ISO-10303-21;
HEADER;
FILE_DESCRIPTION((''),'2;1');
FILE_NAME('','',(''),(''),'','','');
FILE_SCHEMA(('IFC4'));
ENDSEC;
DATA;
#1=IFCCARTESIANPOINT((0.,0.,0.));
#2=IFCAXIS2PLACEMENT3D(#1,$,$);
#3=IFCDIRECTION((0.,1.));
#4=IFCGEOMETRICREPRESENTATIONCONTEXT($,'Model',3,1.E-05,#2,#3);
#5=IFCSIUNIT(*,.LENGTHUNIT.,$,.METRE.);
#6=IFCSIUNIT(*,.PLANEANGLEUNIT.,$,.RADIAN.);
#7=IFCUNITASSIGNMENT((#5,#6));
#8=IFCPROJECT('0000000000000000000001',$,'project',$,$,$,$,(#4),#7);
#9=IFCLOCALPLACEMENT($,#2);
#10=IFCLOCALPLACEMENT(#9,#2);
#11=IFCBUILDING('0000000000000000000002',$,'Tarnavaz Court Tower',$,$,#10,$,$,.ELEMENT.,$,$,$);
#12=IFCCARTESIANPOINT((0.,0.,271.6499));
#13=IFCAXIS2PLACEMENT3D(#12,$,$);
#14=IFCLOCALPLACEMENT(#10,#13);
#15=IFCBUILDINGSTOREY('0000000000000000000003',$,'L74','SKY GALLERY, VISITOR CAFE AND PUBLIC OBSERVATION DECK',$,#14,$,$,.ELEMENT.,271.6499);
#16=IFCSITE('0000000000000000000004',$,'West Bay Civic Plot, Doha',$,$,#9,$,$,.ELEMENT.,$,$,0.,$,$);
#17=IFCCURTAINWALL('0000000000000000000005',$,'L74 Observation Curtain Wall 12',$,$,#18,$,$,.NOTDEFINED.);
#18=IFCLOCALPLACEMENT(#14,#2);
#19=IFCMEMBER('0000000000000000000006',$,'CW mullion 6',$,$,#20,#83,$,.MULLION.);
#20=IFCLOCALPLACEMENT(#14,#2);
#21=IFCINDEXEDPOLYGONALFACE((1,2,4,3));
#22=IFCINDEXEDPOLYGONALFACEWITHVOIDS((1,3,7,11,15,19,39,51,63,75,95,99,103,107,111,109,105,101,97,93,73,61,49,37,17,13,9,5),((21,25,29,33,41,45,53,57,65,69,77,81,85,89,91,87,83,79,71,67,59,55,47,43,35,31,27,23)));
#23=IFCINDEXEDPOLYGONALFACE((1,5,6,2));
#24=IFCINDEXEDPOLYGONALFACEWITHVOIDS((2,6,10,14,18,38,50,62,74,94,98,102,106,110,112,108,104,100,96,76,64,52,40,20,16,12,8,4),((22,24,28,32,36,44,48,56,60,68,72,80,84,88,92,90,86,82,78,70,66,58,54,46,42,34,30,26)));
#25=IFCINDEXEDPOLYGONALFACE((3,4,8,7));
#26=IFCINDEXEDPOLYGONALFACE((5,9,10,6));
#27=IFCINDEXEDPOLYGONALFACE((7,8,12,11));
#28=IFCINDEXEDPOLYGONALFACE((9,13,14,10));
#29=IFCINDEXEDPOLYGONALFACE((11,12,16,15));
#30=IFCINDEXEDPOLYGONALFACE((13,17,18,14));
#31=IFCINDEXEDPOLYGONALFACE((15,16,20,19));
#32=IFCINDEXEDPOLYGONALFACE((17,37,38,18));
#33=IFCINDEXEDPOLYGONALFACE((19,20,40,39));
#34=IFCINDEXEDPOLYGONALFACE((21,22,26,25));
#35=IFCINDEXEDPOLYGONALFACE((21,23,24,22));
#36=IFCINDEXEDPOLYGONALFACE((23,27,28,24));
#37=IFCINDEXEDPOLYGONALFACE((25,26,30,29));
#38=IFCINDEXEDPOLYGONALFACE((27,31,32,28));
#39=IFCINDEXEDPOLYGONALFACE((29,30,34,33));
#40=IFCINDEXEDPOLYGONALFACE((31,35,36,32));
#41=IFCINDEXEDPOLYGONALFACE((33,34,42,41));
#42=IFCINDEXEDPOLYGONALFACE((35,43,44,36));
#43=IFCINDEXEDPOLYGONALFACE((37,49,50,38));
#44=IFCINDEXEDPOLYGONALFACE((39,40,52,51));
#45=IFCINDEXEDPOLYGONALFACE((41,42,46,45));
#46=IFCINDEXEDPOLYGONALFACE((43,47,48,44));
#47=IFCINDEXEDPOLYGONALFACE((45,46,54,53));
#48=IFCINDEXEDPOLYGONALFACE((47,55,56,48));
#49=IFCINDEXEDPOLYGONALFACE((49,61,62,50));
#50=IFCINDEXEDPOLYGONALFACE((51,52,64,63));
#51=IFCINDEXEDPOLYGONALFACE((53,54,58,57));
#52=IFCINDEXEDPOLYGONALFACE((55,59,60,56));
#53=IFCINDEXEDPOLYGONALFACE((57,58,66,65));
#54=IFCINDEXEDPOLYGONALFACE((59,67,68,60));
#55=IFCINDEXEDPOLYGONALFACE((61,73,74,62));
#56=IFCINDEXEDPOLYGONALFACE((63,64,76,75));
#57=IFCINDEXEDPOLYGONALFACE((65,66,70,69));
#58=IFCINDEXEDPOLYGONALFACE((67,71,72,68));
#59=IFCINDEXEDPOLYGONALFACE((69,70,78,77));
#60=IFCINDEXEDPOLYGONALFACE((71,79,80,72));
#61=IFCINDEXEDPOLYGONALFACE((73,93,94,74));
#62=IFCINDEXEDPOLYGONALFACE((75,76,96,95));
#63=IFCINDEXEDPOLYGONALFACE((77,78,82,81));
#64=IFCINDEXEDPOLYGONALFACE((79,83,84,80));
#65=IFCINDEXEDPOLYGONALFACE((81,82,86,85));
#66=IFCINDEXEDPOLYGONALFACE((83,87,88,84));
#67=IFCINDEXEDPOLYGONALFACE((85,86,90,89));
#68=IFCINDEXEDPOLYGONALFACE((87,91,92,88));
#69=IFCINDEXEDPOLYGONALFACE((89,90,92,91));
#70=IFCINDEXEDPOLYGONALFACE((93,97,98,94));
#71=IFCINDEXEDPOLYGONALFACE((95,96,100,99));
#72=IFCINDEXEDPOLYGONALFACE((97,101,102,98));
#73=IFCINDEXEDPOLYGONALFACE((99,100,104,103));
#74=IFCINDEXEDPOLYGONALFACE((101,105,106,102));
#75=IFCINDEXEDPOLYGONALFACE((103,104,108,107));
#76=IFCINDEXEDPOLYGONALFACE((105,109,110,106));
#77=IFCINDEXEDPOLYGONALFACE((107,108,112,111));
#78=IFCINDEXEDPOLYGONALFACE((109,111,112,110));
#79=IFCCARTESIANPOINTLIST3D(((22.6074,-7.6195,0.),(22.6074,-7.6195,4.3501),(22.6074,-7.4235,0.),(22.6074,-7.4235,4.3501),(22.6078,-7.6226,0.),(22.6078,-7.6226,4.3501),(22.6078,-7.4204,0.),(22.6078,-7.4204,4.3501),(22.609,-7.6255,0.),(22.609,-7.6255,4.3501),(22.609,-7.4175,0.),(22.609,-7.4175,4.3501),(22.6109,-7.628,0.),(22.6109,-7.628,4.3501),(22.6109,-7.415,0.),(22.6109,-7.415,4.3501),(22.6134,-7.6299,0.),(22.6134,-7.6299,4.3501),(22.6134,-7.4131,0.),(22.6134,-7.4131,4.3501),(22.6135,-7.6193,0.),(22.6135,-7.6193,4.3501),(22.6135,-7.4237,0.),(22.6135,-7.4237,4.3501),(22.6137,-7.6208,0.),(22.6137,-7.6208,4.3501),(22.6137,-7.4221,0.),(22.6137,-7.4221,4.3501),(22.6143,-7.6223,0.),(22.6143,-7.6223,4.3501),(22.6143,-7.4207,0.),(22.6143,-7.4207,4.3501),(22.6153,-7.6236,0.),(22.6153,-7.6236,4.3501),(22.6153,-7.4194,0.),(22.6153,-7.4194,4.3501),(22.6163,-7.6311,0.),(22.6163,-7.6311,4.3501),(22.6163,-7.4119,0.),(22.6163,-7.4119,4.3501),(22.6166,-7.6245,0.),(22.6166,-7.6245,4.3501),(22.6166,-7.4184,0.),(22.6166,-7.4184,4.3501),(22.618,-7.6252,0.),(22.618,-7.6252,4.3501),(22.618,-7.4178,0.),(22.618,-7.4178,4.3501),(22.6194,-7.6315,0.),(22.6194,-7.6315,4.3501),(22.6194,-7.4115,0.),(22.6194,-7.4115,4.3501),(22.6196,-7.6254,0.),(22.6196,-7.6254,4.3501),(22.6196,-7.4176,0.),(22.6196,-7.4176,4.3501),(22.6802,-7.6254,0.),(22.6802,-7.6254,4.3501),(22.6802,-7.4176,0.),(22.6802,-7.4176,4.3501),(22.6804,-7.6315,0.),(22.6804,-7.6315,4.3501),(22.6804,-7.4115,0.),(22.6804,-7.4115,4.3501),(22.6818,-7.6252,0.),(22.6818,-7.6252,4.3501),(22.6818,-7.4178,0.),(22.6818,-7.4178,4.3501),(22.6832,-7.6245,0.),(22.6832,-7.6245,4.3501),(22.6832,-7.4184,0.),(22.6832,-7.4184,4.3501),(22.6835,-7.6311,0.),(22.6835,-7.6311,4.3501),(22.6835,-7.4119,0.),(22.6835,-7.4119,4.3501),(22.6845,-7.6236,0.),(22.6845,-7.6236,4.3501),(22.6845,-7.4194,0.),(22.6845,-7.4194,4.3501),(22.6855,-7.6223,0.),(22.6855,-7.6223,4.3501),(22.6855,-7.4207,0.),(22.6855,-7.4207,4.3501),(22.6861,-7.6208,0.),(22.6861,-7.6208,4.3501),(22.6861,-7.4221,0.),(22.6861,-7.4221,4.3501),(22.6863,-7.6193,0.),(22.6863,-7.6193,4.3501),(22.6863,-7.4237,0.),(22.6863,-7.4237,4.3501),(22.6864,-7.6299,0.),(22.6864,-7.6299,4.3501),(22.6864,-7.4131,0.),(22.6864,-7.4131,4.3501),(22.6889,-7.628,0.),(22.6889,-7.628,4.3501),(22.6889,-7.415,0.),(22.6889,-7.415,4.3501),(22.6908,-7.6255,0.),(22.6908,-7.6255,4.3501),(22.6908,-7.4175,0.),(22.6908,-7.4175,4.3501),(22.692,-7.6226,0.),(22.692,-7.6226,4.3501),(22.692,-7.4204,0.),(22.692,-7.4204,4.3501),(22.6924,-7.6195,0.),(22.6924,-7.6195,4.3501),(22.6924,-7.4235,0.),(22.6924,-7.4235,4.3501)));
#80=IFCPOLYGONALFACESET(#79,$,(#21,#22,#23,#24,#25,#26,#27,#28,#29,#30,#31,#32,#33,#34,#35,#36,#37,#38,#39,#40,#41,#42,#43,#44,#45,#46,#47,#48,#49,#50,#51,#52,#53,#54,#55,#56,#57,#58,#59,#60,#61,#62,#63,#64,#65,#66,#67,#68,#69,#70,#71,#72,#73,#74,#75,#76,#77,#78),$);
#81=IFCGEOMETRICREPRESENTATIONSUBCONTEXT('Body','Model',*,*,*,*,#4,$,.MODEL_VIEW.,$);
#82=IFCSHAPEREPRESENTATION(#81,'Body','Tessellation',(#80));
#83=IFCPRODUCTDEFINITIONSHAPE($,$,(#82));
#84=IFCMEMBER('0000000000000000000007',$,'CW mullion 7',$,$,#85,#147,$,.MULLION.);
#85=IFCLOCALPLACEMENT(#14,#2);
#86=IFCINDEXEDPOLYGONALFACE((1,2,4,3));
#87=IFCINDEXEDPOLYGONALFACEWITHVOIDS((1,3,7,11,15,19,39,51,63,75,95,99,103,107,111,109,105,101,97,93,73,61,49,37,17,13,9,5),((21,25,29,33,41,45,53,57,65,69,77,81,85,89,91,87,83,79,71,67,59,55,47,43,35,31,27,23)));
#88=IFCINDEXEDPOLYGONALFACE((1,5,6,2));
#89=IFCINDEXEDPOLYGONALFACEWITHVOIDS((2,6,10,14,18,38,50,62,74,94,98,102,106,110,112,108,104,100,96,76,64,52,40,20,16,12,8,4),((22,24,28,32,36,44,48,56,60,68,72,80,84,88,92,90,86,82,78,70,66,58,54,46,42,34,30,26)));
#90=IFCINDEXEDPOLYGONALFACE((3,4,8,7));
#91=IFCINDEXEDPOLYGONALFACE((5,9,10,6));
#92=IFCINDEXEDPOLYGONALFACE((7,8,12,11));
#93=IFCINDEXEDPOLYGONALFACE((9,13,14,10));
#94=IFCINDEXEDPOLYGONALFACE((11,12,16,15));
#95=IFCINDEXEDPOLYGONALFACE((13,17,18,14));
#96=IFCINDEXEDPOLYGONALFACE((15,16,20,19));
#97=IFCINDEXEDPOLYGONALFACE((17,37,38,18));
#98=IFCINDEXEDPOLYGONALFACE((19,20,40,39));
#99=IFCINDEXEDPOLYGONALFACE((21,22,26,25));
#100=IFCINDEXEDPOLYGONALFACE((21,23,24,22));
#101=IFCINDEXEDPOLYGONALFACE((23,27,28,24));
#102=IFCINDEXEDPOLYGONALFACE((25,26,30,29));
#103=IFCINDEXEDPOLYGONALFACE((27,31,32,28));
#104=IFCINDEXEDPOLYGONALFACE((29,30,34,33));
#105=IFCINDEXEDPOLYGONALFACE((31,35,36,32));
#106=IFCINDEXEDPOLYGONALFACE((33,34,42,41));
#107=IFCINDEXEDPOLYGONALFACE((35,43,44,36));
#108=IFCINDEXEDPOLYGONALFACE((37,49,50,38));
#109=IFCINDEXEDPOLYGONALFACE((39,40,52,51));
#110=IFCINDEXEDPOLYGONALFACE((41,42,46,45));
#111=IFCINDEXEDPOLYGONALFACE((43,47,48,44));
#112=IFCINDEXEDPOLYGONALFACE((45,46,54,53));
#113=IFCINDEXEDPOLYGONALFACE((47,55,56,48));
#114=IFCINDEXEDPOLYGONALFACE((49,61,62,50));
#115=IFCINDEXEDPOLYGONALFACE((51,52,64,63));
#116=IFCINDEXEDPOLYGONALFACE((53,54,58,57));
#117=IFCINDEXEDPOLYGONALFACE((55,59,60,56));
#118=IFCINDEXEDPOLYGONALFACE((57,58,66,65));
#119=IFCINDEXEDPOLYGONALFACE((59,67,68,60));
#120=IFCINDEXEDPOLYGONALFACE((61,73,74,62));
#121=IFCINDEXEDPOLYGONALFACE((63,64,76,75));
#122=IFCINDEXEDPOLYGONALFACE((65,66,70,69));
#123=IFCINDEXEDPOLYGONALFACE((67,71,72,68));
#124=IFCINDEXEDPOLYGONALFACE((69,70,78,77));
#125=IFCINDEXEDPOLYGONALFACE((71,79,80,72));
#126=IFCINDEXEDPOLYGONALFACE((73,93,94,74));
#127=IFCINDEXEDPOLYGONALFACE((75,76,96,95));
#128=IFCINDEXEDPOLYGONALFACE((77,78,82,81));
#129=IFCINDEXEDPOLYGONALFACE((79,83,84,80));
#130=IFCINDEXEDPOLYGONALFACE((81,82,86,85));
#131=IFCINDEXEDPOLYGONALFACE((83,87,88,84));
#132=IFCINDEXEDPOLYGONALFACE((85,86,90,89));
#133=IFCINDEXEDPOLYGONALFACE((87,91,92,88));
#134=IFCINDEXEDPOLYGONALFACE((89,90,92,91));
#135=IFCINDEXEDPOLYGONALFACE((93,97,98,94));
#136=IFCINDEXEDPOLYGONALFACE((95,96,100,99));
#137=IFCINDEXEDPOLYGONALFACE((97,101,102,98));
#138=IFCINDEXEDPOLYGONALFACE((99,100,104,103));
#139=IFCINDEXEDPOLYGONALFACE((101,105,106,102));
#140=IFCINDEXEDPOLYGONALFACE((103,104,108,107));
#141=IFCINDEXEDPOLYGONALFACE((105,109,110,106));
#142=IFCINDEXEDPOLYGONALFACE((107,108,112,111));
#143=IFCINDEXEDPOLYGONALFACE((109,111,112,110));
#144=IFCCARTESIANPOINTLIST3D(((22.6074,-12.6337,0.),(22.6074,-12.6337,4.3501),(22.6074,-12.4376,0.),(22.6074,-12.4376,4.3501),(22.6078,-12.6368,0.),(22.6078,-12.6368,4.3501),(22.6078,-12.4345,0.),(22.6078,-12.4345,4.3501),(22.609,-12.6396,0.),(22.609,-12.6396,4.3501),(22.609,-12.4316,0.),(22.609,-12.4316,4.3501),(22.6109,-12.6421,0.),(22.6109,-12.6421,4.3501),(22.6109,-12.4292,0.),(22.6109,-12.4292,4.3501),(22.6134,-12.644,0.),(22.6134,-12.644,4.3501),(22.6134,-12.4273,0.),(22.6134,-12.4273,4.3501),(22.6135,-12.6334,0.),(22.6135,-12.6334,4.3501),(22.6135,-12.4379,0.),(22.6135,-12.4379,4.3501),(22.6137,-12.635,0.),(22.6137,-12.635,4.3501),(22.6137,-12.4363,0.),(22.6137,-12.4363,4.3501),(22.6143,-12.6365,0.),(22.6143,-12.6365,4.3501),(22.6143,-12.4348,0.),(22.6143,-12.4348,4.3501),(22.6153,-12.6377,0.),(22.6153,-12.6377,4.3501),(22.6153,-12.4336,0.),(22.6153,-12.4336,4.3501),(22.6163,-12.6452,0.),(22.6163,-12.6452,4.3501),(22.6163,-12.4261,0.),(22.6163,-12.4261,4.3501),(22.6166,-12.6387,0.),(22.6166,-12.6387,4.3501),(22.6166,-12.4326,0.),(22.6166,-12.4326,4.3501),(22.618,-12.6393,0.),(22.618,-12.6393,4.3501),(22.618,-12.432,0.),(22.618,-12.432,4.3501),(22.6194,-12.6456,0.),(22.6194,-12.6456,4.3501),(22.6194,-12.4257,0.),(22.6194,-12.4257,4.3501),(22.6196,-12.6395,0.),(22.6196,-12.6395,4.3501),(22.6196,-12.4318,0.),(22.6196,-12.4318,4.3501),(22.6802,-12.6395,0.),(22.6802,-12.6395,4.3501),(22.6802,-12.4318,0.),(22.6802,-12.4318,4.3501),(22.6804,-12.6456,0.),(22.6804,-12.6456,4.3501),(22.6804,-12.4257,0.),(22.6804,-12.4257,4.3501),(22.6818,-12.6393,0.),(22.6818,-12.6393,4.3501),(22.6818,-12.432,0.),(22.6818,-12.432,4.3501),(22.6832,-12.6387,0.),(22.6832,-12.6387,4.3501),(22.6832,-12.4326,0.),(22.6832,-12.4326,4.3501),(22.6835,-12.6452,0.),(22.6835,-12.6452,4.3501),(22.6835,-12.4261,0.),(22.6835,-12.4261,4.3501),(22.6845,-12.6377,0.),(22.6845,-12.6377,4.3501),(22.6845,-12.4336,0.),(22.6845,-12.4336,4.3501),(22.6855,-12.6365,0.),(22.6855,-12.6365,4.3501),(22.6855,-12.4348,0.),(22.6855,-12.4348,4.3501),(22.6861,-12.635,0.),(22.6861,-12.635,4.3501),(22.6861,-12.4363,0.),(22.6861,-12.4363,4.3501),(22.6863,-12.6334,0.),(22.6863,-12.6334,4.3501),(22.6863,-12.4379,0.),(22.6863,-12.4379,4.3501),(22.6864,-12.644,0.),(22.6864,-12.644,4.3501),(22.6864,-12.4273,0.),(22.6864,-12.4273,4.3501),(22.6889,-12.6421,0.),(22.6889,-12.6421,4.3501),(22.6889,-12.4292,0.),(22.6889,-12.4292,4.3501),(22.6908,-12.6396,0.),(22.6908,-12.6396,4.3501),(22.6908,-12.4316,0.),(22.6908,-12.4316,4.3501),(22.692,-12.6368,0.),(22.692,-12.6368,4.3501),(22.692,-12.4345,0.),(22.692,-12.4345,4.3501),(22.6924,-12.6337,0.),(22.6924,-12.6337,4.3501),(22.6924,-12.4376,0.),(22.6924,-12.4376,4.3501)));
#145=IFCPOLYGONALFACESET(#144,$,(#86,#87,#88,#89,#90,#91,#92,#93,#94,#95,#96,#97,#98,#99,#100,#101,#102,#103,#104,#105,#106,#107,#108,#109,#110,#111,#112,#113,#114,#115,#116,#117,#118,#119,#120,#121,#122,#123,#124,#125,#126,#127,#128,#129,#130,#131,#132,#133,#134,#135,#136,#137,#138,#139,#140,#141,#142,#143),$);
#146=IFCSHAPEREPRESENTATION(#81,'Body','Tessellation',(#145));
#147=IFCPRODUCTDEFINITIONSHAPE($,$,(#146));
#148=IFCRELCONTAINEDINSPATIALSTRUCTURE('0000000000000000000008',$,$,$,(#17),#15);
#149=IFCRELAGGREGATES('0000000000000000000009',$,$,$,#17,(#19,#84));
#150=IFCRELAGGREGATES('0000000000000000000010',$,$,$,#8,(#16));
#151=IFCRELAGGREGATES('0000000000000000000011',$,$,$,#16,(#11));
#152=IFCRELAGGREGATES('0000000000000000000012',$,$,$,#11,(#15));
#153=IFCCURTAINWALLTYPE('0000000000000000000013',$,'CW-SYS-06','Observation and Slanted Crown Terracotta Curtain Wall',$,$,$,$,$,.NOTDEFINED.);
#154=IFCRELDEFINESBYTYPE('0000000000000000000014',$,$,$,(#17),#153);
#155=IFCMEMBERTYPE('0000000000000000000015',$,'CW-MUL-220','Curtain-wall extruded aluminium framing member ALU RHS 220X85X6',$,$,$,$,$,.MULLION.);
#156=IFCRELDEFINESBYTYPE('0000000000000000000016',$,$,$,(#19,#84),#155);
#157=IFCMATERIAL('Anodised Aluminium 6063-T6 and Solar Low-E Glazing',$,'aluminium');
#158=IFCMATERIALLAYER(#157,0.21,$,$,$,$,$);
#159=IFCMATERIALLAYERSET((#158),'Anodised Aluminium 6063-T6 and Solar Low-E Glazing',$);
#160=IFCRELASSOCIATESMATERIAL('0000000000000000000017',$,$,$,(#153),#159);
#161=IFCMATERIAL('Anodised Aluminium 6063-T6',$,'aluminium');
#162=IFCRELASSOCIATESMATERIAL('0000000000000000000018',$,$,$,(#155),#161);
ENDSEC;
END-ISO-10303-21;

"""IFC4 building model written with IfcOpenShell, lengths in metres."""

from ifc_helpers import new_model, si_unit, direction, frame, origin, origin_2d, place, context, subcontext, project, spatial, hollow_rectangle, extrude, material, layer, layer_set, material_profile, profile_set, type_object, element, aggregate, save


model = new_model("IFC4")

# Units and contexts
model_context = context("Model", 3, precision=1e-05, world=origin(), true_north=direction((0.0, 1.0)))
body_context = subcontext(model_context, "Body", "Model", "MODEL_VIEW")
ifc_project = project(units=[si_unit("LENGTHUNIT", "METRE"), si_unit("PLANEANGLEUNIT", "RADIAN")], contexts=[model_context])

# Site, building, storey
site_placement = place(None, origin())
site = spatial("IfcSite", under=ifc_project, at=site_placement, Name="West Bay Civic Plot, Doha", CompositionType="ELEMENT", RefElevation=0.0)
building_placement = place(site_placement, origin())
building = spatial("IfcBuilding", under=site, at=building_placement, Name="Tarnavaz Court Tower", CompositionType="ELEMENT")
storey_placement = place(building_placement, frame((0.0, 0.0, 271.6499)))
storey = spatial("IfcBuildingStorey", under=building, at=storey_placement, Name="L74", Description="SKY GALLERY, VISITOR CAFE AND PUBLIC OBSERVATION DECK", CompositionType="ELEMENT", Elevation=271.6499)

# Curtain wall, members
ifc_material_1 = material(Name="Anodised Aluminium 6063-T6 and Solar Low-E Glazing", Category="aluminium")
ifc_layer_1 = layer(ifc_material_1, 0.21)
ifc_layer_set_1 = layer_set([ifc_layer_1], Name="Anodised Aluminium 6063-T6 and Solar Low-E Glazing")
curtain_wall_type = type_object("IfcCurtainWallType", Name="CW-SYS-06", Description="Observation and Slanted Crown Terracotta Curtain Wall", PredefinedType="NOTDEFINED", material=ifc_layer_set_1)
curtain_wall_placement = place(storey_placement, origin())
curtain_wall = element("IfcCurtainWall", 1, at=curtain_wall_placement, inside=storey, type_object=curtain_wall_type, Name="L74 Observation Curtain Wall 12", PredefinedType="NOTDEFINED")
ifc_material_2 = material(Name="Anodised Aluminium 6063-T6", Category="aluminium")
ifc_material_profile_1 = material_profile(ifc_material_2, hollow_rectangle(XDim=0.085, YDim=0.22, WallThickness=0.0061, InnerFilletRadius=0.0061, OuterFilletRadius=0.012, at=origin_2d()), Name="ALU RHS 220X85X6")
ifc_profile_set_1 = profile_set([ifc_material_profile_1], Name="Anodised Aluminium 6063-T6")
member_type_1 = type_object("IfcMemberType", Name="CW-MUL-220", Description="Curtain-wall extruded aluminium framing member ALU RHS 220X85X6", PredefinedType="MULLION", material=ifc_profile_set_1)
member_1_placement = place(storey_placement, frame((22.6499, -7.5215, 0.0), z_axis=(0.0, 0.0, 1.0), x_axis=(1.0, 0.0, 0.0)))
member_1 = element("IfcMember", 2, at=member_1_placement, type_object=member_type_1, Name="CW mullion 6", PredefinedType="MULLION", context=body_context, shape_type="SweptSolid", body=[
    extrude(hollow_rectangle(XDim=0.085, YDim=0.22, WallThickness=0.0061, InnerFilletRadius=0.0061, OuterFilletRadius=0.012, at=origin_2d()), origin(), (0.0, 0.0, 1.0), 4.3501),
])
member_2_placement = place(storey_placement, frame((22.6499, -12.5356, 0.0), z_axis=(0.0, 0.0, 1.0), x_axis=(1.0, 0.0, 0.0)))
member_2 = element("IfcMember", 3, at=member_2_placement, type_object=member_type_1, Name="CW mullion 7", PredefinedType="MULLION", context=body_context, shape_type="SweptSolid", body=[
    extrude(hollow_rectangle(XDim=0.085, YDim=0.22, WallThickness=0.0061, InnerFilletRadius=0.0061, OuterFilletRadius=0.012, at=origin_2d()), origin(), (0.0, 0.0, 1.0), 4.3501),
])
aggregate(curtain_wall, [member_1, member_2])

save(model, "model.ifc")
